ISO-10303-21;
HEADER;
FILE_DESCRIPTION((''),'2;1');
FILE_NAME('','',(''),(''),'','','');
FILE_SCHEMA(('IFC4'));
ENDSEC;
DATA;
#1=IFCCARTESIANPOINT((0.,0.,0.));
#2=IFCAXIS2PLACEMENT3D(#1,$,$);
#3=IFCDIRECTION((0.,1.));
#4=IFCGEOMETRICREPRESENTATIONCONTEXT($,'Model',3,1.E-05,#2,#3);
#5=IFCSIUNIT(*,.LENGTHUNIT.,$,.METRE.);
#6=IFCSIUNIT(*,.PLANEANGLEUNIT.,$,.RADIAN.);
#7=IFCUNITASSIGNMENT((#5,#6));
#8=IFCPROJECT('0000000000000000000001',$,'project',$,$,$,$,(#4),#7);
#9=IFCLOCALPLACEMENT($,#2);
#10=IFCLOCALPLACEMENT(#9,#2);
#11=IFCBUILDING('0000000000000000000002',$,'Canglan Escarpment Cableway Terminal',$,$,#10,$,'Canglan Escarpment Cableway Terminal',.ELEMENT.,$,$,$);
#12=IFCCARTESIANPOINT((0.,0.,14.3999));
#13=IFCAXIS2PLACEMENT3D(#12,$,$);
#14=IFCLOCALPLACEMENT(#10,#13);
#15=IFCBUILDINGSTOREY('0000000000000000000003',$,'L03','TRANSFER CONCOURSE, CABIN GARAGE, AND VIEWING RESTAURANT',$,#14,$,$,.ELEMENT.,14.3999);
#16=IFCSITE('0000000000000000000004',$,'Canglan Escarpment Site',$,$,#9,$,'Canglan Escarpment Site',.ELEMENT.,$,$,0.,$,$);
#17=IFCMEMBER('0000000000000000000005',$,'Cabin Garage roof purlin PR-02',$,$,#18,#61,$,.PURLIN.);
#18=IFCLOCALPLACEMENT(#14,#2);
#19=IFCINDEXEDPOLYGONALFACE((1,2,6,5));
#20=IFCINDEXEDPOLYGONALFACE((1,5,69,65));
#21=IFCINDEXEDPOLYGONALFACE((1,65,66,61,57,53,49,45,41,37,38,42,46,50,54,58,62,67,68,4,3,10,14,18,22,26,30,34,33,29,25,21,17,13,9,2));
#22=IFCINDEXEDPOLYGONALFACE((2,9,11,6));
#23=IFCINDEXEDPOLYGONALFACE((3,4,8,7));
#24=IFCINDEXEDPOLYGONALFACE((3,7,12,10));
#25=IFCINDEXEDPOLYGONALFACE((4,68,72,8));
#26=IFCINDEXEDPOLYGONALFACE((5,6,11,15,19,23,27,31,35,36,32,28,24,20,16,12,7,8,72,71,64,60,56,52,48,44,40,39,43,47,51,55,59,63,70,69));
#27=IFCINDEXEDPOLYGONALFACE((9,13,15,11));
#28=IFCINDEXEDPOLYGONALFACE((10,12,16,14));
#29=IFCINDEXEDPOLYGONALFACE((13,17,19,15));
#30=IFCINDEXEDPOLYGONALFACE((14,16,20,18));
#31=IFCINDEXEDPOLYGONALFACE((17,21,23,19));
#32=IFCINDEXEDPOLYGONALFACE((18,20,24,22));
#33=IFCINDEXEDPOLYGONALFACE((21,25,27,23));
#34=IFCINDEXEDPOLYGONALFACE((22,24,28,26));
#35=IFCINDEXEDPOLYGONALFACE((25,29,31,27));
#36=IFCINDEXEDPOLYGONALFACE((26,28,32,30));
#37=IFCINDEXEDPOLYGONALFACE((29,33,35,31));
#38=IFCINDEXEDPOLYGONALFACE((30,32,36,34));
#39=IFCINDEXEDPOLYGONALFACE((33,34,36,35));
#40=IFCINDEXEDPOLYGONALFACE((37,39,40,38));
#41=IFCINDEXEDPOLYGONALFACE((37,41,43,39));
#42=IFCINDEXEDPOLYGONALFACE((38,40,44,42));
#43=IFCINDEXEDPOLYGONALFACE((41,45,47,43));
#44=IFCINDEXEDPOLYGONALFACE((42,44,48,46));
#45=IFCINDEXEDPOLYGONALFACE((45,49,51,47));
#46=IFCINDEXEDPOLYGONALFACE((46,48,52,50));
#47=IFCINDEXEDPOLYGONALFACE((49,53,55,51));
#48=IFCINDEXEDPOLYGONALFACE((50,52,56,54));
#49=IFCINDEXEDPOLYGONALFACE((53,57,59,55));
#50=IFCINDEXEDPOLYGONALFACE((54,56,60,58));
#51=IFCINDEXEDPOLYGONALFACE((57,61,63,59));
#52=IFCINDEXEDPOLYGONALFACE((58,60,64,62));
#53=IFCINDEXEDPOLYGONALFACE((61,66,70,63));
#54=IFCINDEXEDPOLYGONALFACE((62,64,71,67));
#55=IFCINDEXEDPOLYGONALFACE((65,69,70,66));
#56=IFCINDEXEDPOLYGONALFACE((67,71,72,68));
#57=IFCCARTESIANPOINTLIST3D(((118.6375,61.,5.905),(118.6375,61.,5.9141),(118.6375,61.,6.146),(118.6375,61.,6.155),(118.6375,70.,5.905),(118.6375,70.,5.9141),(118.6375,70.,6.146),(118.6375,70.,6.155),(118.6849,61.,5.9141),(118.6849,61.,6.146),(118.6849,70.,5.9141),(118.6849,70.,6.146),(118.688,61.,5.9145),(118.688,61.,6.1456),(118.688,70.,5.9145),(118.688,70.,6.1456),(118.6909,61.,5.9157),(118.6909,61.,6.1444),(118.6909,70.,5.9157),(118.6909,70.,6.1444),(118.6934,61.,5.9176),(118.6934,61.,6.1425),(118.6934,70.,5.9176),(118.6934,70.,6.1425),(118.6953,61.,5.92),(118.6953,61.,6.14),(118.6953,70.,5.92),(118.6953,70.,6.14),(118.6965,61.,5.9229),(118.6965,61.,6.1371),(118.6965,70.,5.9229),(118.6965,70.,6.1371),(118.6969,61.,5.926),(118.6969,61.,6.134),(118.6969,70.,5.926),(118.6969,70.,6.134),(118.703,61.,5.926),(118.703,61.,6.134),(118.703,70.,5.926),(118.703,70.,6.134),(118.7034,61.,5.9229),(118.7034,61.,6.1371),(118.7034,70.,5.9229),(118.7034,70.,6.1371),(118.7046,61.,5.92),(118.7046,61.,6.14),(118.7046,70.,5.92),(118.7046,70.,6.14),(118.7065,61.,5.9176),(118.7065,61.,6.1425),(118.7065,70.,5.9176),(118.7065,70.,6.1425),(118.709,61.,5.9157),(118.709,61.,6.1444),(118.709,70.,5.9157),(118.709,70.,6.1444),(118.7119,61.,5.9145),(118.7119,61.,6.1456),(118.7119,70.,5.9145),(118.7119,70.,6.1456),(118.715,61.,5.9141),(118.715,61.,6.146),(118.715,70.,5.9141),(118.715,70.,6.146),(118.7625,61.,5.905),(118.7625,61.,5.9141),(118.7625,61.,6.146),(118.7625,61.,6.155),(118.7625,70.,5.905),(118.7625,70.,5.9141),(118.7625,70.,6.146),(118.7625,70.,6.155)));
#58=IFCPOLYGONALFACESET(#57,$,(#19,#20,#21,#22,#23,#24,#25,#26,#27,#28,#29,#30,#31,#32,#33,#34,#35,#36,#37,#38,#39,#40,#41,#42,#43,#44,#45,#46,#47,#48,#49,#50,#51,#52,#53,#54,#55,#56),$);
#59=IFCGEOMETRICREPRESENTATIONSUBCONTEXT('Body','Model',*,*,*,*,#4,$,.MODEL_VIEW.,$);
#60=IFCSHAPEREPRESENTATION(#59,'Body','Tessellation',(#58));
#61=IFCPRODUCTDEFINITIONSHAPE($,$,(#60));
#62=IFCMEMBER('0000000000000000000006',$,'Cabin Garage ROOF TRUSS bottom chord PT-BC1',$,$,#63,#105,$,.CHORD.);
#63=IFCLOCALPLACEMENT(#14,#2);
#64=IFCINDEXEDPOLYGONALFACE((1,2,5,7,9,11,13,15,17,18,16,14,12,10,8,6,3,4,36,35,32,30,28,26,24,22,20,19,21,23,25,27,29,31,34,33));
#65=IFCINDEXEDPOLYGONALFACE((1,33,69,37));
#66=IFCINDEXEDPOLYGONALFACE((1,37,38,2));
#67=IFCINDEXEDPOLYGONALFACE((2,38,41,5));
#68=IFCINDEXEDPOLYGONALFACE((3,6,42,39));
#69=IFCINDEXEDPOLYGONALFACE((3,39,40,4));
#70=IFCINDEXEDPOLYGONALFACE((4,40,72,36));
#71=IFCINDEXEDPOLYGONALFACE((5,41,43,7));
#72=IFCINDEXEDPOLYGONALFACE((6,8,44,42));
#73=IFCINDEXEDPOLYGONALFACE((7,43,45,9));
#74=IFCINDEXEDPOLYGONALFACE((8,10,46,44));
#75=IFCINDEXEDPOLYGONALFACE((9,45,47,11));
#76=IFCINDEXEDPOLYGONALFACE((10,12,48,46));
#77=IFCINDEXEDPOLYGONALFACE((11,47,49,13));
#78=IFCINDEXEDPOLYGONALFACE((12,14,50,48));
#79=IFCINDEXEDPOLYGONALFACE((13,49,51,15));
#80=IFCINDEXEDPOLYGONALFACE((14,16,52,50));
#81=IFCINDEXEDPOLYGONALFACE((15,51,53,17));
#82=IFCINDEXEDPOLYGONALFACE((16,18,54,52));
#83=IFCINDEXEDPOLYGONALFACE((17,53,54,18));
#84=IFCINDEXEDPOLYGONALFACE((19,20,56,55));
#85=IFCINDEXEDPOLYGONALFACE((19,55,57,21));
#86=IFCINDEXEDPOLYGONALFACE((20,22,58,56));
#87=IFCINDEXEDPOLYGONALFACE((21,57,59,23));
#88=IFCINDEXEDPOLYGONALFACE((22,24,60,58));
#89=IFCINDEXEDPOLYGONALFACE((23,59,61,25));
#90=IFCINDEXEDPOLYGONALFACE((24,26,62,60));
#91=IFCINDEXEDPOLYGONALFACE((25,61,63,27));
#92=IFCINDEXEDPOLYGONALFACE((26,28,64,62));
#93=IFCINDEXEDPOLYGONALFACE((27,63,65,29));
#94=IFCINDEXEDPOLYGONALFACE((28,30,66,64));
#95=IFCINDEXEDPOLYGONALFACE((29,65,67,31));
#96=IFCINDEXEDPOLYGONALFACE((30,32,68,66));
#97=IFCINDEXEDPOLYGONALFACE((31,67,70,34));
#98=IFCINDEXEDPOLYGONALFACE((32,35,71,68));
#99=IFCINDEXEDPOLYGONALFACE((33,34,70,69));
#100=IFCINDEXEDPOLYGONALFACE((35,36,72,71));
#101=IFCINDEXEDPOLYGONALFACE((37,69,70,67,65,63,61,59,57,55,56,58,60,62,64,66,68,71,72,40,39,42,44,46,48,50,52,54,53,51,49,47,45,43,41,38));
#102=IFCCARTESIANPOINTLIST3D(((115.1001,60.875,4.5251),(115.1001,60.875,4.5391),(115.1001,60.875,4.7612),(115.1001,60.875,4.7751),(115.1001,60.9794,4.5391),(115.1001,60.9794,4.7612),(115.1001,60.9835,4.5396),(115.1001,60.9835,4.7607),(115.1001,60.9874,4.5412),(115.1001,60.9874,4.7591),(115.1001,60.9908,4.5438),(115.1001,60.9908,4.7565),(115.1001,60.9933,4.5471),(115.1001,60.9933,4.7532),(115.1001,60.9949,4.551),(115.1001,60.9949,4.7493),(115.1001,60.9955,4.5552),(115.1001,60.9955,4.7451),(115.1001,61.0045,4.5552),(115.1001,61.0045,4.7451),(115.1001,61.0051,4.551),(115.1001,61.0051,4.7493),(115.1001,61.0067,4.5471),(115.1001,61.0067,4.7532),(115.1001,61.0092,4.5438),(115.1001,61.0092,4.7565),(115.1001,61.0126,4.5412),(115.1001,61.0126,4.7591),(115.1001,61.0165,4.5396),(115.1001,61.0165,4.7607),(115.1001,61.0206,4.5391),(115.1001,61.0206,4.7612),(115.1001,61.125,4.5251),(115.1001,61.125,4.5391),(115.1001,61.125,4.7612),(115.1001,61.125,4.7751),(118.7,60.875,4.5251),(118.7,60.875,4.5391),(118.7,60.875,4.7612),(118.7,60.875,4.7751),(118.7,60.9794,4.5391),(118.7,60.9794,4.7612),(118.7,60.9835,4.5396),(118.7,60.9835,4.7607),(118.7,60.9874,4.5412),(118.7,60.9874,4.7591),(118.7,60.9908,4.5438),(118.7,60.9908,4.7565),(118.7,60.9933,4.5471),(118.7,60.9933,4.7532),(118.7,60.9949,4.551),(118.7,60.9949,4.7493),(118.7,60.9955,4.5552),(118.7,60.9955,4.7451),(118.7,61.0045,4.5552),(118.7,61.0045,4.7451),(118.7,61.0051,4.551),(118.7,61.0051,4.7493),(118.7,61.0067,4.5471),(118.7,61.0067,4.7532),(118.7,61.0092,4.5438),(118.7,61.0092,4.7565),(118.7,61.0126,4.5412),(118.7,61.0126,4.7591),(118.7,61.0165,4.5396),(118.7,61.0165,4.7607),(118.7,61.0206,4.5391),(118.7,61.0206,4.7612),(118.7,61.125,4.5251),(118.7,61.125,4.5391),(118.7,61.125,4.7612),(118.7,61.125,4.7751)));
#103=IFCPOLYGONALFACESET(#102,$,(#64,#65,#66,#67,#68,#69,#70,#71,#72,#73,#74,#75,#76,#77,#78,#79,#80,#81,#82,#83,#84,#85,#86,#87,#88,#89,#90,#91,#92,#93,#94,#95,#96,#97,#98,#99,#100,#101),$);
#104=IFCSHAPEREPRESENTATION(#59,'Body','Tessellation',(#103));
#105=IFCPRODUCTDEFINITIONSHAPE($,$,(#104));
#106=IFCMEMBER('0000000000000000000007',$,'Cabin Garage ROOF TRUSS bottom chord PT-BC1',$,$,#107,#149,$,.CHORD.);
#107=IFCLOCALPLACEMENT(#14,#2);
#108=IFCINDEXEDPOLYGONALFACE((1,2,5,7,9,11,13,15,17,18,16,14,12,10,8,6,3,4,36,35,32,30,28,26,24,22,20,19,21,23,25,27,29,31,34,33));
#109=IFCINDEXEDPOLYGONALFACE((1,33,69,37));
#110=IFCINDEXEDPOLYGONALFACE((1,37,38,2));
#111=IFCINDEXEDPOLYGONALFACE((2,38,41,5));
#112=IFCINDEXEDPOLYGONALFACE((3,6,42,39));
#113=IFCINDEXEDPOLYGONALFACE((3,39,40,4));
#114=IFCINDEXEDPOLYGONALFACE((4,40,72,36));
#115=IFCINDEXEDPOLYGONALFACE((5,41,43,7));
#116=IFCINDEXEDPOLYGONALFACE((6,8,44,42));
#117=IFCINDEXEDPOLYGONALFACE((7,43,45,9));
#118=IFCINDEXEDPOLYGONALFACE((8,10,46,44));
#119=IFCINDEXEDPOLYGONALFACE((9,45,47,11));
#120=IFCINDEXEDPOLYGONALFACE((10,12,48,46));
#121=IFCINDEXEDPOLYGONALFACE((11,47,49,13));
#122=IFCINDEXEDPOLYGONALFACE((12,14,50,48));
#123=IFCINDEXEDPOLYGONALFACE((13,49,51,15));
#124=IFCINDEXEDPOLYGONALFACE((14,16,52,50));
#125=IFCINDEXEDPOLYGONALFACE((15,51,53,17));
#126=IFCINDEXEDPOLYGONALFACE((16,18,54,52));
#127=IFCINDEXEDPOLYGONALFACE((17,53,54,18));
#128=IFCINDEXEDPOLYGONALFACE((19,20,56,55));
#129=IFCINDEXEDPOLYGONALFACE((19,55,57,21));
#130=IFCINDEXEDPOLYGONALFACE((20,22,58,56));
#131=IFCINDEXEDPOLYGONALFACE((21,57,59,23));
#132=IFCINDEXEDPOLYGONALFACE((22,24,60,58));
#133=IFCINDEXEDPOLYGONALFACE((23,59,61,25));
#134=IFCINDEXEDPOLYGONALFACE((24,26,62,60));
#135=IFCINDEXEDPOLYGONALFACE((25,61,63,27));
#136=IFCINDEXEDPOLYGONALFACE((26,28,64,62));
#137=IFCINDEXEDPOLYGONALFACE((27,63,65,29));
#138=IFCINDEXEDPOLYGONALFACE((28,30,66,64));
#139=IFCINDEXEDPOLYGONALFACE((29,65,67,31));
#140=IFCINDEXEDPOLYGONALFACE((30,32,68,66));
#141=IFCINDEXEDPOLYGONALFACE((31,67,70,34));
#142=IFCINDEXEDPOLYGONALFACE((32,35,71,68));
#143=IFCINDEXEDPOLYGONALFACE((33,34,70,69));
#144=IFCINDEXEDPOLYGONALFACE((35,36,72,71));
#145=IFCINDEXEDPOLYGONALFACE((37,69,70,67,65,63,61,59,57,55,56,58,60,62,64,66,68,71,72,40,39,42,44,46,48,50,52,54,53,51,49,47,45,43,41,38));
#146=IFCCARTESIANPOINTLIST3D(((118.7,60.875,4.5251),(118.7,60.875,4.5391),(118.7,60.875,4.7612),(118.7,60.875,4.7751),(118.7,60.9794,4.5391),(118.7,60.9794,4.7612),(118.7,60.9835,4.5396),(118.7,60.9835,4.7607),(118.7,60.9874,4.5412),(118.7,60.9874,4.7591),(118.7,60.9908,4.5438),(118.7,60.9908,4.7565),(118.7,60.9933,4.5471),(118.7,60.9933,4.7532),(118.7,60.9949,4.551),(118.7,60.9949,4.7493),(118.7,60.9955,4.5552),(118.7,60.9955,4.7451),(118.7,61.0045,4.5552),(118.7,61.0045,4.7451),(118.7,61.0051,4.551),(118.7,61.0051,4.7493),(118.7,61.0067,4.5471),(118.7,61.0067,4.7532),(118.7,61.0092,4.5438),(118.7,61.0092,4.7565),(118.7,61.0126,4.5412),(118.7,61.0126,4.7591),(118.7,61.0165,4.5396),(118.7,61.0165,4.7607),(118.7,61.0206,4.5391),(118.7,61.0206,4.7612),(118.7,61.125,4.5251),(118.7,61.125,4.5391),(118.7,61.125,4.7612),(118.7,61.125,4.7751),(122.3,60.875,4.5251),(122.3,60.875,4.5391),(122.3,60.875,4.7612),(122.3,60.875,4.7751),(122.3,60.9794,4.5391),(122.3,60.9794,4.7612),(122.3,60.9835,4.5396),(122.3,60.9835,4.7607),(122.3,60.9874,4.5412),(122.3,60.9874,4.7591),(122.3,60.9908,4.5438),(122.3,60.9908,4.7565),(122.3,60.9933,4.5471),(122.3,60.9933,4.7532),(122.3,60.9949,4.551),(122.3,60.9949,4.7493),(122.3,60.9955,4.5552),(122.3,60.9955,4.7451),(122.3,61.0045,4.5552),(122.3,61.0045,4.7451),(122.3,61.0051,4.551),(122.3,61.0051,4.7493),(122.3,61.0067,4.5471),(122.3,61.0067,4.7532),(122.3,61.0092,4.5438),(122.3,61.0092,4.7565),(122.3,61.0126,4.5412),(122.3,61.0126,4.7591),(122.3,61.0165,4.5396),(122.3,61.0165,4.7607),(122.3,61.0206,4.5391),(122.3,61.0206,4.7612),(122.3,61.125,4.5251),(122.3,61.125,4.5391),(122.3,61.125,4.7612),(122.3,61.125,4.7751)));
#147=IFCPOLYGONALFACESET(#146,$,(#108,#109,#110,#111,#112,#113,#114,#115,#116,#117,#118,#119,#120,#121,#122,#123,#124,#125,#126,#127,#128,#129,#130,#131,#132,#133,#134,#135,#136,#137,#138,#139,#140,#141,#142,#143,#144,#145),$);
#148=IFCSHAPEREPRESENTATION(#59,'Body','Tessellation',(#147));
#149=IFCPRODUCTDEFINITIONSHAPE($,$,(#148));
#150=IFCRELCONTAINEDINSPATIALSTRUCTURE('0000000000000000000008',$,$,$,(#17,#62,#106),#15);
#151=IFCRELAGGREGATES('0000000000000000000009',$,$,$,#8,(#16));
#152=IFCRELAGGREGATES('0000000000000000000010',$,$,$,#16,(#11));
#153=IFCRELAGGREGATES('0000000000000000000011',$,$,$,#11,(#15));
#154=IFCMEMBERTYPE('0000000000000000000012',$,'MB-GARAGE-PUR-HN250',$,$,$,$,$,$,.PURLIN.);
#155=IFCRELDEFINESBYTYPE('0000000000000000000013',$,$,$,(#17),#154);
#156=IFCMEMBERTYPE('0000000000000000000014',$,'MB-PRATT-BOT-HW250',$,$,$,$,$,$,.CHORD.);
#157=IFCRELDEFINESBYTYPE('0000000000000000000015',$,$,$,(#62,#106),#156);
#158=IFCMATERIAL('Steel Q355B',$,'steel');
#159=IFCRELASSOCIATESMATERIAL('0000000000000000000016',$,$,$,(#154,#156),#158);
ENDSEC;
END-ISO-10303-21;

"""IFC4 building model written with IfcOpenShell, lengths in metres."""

from ifc_helpers import new_model, si_unit, direction, frame, origin, origin_2d, place, context, subcontext, project, spatial, i_section, extrude, material, material_profile, profile_set, type_object, element, save


model = new_model("IFC4")

# Units and contexts
model_context = context("Model", 3, precision=1e-05, world=origin(), true_north=direction((0.0, 1.0)))
body_context = subcontext(model_context, "Body", "Model", "MODEL_VIEW")
ifc_project = project(units=[si_unit("LENGTHUNIT", "METRE"), si_unit("PLANEANGLEUNIT", "RADIAN")], contexts=[model_context])

# Site, building, storey
site_placement = place(None, origin())
site = spatial("IfcSite", under=ifc_project, at=site_placement, Name="Canglan Escarpment Site", LongName="Canglan Escarpment Site", CompositionType="ELEMENT", RefElevation=0.0)
building_placement = place(site_placement, origin())
building = spatial("IfcBuilding", under=site, at=building_placement, Name="Canglan Escarpment Cableway Terminal", LongName="Canglan Escarpment Cableway Terminal", CompositionType="ELEMENT")
storey_placement = place(building_placement, frame((0.0, 0.0, 14.3999)))
storey = spatial("IfcBuildingStorey", under=building, at=storey_placement, Name="L03", Description="TRANSFER CONCOURSE, CABIN GARAGE, AND VIEWING RESTAURANT", CompositionType="ELEMENT", Elevation=14.3999)

# Shared definitions
ifc_material_1 = material(Name="Steel Q355B", Category="steel")

# Members
ifc_material_profile_1 = material_profile(ifc_material_1, i_section(OverallWidth=0.125, OverallDepth=0.25, WebThickness=0.0061, FlangeThickness=0.009, FilletRadius=0.012, at=origin_2d()), Name="HN 250x125x6x9")
ifc_profile_set_1 = profile_set([ifc_material_profile_1], Name="Steel Q355B")
member_type_1 = type_object("IfcMemberType", Name="MB-GARAGE-PUR-HN250", PredefinedType="PURLIN", material=ifc_profile_set_1)
for number, where, z_axis, x_axis, name in (
    (1, (118.7, 61.0, 6.03), (0.0, 1.0, 0.0), (-1.0, 0.0, 0.0), "Cabin Garage roof purlin PR-02"),
):
    element("IfcMember", number, at=place(storey_placement, frame(where, z_axis=z_axis, x_axis=x_axis)), inside=storey, type_object=member_type_1, Name=name, PredefinedType="PURLIN", context=body_context, shape_type="SweptSolid", body=[
        extrude(i_section(OverallWidth=0.125, OverallDepth=0.25, WebThickness=0.0061, FlangeThickness=0.009, FilletRadius=0.012, at=origin_2d()), origin(), (0.0, 0.0, 1.0), 9.0),
    ])
ifc_material_profile_2 = material_profile(ifc_material_1, i_section(OverallWidth=0.25, OverallDepth=0.25, WebThickness=0.009, FlangeThickness=0.0139, FilletRadius=0.0161, at=origin_2d()), Name="HW 250x250x9x14")
ifc_profile_set_2 = profile_set([ifc_material_profile_2], Name="Steel Q355B")
member_type_2 = type_object("IfcMemberType", Name="MB-PRATT-BOT-HW250", PredefinedType="CHORD", material=ifc_profile_set_2)
member_1_placement = place(storey_placement, frame((115.1001, 61.0, 4.6501), z_axis=(1.0, 0.0, 0.0), x_axis=(0.0, 1.0, 0.0)))
element("IfcMember", 2, at=member_1_placement, inside=storey, type_object=member_type_2, Name="Cabin Garage ROOF TRUSS bottom chord PT-BC1", PredefinedType="CHORD", context=body_context, shape_type="SweptSolid", body=[
    extrude(i_section(OverallWidth=0.25, OverallDepth=0.25, WebThickness=0.009, FlangeThickness=0.0139, FilletRadius=0.0161, at=origin_2d()), origin(), (0.0, 0.0, 1.0), 3.5999),
])
member_2_placement = place(storey_placement, frame((118.7, 61.0, 4.6501), z_axis=(1.0, 0.0, 0.0), x_axis=(0.0, 1.0, 0.0)))
element("IfcMember", 3, at=member_2_placement, inside=storey, type_object=member_type_2, Name="Cabin Garage ROOF TRUSS bottom chord PT-BC1", PredefinedType="CHORD", context=body_context, shape_type="SweptSolid", body=[
    extrude(i_section(OverallWidth=0.25, OverallDepth=0.25, WebThickness=0.009, FlangeThickness=0.0139, FilletRadius=0.0161, at=origin_2d()), origin(), (0.0, 0.0, 1.0), 3.6001),
])

save(model, "model.ifc")
